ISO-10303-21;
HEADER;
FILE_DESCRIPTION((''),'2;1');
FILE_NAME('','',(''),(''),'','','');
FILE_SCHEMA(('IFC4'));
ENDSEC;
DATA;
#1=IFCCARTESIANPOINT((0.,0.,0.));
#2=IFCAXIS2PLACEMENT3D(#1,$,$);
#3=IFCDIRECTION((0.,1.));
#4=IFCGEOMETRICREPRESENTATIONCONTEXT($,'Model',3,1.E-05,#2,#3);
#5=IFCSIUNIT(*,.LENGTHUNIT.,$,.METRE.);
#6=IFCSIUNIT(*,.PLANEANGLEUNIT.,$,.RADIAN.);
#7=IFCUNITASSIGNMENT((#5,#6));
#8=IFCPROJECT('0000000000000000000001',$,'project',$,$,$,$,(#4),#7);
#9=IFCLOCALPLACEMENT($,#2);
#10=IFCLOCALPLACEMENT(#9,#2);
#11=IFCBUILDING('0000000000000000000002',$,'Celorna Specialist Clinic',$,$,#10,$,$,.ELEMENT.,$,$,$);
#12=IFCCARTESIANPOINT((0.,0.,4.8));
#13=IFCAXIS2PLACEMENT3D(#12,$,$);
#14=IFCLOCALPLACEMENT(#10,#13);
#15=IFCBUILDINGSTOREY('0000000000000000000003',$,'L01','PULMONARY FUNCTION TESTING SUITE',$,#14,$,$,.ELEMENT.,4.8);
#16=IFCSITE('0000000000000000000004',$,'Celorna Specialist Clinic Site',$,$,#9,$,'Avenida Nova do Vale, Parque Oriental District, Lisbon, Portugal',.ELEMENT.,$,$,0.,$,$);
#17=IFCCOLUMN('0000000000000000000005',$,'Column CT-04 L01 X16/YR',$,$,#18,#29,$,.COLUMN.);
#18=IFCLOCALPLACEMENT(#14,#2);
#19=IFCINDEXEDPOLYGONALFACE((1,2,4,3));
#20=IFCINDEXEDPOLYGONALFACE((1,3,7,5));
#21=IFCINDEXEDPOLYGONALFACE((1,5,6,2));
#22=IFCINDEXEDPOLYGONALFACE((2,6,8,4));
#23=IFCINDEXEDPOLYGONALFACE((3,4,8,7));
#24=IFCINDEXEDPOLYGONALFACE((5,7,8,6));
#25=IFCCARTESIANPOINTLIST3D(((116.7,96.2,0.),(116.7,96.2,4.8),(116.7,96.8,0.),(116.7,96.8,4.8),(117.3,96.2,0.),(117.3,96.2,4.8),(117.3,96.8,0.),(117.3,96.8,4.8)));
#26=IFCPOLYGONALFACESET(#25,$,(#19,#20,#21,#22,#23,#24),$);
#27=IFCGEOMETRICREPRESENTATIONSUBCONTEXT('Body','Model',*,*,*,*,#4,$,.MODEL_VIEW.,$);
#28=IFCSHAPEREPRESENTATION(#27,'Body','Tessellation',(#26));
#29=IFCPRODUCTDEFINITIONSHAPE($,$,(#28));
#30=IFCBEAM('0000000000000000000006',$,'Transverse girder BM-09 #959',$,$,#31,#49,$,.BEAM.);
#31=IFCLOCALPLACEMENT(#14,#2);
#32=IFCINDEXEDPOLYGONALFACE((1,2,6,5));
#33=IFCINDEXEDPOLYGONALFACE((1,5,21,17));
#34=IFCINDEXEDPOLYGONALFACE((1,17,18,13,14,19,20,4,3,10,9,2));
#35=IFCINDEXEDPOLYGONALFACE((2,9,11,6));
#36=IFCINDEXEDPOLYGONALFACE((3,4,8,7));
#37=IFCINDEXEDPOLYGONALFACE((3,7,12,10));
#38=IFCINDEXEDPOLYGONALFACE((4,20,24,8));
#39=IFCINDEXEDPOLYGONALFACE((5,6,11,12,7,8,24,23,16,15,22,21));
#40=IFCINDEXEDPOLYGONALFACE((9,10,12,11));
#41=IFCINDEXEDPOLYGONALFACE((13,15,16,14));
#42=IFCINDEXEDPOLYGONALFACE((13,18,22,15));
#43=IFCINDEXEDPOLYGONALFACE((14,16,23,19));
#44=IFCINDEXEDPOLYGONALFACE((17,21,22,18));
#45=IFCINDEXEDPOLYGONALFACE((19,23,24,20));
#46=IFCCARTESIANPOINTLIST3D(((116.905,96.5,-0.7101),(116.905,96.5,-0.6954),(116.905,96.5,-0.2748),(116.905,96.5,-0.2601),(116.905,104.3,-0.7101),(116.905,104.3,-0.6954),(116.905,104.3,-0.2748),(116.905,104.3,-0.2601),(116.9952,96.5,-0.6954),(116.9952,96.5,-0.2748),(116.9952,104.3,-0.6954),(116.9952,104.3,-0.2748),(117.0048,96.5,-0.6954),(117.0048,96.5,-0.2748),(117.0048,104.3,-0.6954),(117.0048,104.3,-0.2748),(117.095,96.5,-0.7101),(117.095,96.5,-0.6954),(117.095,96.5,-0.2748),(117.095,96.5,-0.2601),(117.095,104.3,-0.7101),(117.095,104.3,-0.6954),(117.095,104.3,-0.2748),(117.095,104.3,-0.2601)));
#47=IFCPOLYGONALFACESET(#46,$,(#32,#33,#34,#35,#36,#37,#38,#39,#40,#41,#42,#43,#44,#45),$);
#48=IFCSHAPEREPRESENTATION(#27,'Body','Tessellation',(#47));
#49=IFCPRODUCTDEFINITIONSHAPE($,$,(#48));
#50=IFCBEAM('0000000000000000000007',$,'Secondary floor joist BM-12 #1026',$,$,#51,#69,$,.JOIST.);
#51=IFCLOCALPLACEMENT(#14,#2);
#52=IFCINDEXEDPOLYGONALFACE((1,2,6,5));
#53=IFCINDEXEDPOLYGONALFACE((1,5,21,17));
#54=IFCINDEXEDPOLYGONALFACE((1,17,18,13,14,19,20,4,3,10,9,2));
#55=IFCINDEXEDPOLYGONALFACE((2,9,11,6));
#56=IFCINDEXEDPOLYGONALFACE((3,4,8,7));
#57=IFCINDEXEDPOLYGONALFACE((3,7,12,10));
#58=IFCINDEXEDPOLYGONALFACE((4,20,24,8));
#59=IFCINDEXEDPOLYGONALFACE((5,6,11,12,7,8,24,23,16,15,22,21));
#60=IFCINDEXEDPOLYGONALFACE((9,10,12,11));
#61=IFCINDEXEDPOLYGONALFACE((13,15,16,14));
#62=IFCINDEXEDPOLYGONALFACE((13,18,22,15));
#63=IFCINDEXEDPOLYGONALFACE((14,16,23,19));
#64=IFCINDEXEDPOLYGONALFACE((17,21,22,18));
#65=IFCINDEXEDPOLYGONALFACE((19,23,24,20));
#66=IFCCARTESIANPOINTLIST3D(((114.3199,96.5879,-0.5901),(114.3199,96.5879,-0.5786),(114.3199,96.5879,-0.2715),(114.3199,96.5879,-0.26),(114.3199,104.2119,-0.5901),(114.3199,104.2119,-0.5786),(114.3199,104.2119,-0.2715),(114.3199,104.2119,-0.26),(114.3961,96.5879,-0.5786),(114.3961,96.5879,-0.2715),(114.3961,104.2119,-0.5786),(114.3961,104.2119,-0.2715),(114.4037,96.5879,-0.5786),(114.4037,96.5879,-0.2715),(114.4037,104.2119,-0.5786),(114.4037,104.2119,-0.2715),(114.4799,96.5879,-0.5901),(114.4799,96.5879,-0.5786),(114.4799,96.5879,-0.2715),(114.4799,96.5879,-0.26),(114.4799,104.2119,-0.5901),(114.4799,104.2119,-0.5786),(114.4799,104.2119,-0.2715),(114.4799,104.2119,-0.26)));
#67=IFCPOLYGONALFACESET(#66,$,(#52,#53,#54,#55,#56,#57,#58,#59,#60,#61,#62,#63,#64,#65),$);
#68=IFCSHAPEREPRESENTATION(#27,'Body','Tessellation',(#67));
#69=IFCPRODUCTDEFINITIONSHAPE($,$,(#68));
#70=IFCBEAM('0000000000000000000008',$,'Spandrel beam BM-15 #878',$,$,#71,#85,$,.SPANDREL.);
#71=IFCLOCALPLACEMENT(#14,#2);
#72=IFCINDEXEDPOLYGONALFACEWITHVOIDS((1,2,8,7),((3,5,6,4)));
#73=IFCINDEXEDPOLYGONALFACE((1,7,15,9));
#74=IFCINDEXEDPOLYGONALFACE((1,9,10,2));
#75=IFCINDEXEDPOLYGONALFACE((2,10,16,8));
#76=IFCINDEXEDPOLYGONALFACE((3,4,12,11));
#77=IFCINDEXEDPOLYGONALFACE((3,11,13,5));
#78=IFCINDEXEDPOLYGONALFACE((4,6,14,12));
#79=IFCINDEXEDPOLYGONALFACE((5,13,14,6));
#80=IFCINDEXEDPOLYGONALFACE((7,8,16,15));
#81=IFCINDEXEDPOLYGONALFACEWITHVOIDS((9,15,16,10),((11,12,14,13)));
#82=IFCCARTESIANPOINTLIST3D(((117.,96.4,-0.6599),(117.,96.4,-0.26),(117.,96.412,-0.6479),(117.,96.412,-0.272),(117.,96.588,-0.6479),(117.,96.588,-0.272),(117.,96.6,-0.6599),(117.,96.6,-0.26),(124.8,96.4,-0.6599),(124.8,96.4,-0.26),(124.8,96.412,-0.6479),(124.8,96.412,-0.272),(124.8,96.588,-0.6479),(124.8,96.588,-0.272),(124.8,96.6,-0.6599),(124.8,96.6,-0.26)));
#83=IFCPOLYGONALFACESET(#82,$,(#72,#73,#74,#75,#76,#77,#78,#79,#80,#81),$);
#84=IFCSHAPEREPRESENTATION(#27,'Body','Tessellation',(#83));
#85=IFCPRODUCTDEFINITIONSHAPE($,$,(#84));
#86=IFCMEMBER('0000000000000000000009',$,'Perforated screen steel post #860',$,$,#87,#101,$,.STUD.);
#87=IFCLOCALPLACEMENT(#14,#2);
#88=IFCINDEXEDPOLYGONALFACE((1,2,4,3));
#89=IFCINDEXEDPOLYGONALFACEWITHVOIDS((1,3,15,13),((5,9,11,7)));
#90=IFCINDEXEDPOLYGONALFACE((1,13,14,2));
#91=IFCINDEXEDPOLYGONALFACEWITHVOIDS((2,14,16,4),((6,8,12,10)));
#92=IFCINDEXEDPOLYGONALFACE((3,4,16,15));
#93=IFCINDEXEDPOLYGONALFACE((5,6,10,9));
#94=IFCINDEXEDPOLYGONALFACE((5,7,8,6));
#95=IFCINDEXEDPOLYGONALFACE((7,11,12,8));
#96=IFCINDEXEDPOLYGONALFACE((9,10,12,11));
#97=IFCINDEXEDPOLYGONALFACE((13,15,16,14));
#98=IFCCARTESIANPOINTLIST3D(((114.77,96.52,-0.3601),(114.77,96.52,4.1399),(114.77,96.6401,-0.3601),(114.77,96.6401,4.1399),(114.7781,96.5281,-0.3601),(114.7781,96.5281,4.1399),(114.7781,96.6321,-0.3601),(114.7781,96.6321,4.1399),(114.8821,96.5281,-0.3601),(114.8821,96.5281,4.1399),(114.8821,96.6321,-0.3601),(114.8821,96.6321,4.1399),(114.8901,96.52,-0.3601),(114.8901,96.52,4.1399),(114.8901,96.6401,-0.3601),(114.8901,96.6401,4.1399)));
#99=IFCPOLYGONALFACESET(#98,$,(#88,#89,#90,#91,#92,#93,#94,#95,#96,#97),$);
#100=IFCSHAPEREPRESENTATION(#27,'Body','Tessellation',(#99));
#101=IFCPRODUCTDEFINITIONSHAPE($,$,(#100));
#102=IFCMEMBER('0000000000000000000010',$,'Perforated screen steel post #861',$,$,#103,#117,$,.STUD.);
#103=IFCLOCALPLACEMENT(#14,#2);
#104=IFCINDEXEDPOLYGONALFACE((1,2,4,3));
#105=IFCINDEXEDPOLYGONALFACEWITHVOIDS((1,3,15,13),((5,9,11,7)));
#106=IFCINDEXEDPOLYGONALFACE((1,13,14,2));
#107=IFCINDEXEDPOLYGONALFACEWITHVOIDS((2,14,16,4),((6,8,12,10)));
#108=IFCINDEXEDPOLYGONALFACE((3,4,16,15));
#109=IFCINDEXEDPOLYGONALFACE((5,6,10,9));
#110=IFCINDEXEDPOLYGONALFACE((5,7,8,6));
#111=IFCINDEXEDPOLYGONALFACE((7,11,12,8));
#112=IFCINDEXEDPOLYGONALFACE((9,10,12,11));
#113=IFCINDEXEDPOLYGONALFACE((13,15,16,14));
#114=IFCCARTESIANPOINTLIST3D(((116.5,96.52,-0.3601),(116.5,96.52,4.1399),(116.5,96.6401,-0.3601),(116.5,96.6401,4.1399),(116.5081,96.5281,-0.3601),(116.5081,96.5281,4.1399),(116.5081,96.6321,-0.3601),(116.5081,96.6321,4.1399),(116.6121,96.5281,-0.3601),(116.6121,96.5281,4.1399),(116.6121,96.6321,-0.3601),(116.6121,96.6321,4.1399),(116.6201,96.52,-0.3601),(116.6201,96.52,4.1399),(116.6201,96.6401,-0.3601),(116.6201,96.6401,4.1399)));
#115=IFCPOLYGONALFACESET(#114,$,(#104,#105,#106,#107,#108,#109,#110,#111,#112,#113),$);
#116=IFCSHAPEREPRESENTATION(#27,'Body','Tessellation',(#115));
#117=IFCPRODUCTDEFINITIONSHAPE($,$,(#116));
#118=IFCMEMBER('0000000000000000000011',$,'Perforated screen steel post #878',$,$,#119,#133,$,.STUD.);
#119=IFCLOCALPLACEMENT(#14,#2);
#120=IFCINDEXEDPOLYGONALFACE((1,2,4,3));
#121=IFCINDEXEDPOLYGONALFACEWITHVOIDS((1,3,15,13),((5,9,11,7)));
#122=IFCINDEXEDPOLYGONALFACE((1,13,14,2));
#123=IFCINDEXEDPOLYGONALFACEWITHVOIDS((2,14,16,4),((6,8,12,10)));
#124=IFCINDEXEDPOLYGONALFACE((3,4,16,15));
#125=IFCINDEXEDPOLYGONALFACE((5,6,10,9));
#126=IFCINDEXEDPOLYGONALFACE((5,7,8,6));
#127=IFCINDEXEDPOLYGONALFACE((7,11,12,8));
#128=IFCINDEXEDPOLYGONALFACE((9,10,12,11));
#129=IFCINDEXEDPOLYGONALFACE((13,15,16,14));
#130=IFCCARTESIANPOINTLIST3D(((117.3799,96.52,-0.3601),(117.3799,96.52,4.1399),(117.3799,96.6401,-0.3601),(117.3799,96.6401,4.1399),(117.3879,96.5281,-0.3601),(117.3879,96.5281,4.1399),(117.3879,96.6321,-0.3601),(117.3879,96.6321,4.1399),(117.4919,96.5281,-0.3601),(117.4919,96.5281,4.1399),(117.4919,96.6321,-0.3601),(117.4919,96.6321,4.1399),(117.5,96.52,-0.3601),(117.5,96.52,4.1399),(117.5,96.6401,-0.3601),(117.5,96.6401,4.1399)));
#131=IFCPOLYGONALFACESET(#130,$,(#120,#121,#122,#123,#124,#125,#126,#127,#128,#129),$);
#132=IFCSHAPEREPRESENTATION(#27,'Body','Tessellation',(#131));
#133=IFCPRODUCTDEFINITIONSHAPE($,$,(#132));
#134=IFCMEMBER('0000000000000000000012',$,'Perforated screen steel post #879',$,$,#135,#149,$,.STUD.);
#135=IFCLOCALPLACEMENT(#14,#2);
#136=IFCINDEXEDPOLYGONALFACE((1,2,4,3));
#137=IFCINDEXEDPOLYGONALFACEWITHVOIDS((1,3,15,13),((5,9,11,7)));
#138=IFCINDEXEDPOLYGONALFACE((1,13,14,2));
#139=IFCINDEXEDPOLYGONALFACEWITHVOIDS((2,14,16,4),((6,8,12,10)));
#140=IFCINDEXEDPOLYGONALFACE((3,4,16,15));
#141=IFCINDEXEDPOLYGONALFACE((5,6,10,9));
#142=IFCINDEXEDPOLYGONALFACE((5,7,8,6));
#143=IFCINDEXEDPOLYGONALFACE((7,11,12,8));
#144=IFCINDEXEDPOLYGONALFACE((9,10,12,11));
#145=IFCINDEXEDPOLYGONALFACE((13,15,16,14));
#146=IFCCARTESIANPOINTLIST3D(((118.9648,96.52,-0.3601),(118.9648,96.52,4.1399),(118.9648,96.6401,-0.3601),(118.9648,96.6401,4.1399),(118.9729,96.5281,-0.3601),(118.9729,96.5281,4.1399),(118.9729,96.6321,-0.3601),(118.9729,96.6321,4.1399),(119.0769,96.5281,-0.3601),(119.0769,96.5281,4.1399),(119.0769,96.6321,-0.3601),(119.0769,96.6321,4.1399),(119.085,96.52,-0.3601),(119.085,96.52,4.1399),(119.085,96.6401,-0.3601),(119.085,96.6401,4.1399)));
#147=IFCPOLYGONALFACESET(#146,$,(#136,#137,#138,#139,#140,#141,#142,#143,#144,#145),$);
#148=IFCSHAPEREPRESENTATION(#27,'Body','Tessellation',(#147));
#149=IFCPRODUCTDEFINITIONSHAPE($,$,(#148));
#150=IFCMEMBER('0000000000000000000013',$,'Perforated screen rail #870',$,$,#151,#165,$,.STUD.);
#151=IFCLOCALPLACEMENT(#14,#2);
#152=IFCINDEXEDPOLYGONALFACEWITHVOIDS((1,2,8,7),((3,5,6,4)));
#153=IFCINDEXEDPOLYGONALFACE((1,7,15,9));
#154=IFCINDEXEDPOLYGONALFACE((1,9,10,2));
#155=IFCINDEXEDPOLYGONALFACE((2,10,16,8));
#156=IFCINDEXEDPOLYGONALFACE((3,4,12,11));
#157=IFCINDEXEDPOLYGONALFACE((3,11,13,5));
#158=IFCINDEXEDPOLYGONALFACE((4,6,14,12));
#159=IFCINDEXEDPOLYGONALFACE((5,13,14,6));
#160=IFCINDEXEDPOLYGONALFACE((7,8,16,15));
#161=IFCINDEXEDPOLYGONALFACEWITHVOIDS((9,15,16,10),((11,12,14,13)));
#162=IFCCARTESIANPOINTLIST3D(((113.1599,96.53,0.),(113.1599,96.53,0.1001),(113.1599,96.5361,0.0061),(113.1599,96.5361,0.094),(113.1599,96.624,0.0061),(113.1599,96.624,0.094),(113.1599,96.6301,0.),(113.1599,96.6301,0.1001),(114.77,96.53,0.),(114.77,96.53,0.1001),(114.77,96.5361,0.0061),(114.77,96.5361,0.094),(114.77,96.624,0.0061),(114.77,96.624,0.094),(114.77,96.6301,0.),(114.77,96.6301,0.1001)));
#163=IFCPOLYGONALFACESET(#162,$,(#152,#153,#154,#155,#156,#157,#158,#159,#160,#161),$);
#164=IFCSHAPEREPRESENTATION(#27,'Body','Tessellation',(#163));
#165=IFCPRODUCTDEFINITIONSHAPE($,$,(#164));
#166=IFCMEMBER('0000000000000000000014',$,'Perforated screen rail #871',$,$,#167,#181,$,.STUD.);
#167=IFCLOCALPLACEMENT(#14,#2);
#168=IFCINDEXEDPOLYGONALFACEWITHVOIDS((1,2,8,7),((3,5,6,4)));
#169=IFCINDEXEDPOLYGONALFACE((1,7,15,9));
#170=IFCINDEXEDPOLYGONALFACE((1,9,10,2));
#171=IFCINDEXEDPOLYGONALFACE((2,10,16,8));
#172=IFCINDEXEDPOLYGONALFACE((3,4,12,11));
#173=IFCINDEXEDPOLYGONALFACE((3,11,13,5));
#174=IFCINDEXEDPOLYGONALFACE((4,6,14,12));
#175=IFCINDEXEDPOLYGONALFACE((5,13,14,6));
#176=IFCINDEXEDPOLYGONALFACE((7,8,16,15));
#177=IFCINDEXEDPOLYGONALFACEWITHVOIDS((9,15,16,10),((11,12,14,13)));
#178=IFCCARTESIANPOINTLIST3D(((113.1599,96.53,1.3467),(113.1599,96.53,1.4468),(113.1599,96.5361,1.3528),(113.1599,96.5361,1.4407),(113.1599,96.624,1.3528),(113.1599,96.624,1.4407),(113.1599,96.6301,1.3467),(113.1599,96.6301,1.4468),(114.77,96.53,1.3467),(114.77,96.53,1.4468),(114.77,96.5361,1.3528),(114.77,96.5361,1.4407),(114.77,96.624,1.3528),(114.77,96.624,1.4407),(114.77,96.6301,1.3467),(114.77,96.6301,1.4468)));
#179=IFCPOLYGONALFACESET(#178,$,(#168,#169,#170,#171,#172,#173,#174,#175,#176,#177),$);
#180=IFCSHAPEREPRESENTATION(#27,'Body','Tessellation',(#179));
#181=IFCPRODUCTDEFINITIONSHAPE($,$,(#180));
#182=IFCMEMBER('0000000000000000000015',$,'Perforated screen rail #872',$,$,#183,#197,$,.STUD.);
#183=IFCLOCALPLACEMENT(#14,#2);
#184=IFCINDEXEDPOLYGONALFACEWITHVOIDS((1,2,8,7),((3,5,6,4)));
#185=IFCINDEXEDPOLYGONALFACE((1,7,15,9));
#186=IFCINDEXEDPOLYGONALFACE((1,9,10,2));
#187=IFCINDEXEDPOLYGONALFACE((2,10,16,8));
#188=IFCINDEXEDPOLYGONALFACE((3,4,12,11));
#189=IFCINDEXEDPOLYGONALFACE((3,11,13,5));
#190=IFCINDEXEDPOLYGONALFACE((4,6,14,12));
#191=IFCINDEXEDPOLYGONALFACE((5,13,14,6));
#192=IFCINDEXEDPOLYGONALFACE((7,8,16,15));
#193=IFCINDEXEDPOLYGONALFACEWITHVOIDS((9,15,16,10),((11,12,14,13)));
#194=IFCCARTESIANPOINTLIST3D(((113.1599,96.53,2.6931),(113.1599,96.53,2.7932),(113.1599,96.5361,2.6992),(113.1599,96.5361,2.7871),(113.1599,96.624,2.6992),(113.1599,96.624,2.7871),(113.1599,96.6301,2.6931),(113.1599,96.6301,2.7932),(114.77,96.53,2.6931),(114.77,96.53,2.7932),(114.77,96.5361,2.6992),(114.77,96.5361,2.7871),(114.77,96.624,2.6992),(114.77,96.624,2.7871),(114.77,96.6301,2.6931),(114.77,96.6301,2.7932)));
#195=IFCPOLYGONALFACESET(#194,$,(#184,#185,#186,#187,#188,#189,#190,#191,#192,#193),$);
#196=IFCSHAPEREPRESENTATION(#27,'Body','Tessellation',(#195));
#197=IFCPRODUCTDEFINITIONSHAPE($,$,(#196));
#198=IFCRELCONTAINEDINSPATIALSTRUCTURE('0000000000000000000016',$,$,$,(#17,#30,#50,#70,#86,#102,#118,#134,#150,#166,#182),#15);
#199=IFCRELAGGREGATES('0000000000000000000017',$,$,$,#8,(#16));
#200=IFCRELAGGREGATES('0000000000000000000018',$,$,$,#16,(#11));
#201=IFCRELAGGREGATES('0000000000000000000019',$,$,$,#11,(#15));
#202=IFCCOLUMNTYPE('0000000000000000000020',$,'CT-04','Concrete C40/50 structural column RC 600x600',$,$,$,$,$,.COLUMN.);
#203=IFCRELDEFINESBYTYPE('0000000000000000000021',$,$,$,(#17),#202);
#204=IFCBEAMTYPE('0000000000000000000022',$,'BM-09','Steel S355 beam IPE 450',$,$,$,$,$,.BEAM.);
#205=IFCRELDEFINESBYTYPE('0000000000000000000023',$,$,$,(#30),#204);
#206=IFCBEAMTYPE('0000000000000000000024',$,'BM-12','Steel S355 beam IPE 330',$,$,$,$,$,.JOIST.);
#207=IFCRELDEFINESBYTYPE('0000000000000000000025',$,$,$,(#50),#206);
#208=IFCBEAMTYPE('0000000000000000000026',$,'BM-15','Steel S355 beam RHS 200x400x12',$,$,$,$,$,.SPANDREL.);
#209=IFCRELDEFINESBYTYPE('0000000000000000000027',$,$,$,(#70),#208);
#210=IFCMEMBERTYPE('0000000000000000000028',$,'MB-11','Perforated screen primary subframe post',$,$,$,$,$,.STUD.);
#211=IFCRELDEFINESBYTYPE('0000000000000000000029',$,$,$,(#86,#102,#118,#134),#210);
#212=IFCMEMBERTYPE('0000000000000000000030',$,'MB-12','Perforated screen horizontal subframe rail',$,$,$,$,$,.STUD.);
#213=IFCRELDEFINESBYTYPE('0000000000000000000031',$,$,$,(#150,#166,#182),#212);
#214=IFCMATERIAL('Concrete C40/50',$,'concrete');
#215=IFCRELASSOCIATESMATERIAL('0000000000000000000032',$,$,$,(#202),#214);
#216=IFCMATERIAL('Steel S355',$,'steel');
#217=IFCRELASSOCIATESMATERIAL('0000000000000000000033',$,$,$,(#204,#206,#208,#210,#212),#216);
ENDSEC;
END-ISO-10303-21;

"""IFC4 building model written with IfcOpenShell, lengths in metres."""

from ifc_helpers import new_model, si_unit, direction, frame, origin, origin_2d, place, context, subcontext, project, spatial, rectangle, hollow_rectangle, i_section, extrude, material, material_profile, profile_set, type_object, element, save


model = new_model("IFC4")

# Units and contexts
model_context = context("Model", 3, precision=1e-05, world=origin(), true_north=direction((0.0, 1.0)))
body_context = subcontext(model_context, "Body", "Model", "MODEL_VIEW")
ifc_project = project(units=[si_unit("LENGTHUNIT", "METRE"), si_unit("PLANEANGLEUNIT", "RADIAN")], contexts=[model_context])

# Site, building, storey
site_placement = place(None, origin())
site = spatial("IfcSite", under=ifc_project, at=site_placement, Name="Celorna Specialist Clinic Site", LongName="Avenida Nova do Vale, Parque Oriental District, Lisbon, Portugal", CompositionType="ELEMENT", RefElevation=0.0)
building_placement = place(site_placement, origin())
building = spatial("IfcBuilding", under=site, at=building_placement, Name="Celorna Specialist Clinic", CompositionType="ELEMENT")
storey_placement = place(building_placement, frame((0.0, 0.0, 4.8)))
storey = spatial("IfcBuildingStorey", under=building, at=storey_placement, Name="L01", Description="PULMONARY FUNCTION TESTING SUITE", CompositionType="ELEMENT", Elevation=4.8)

# Column
ifc_material_1 = material(Name="Concrete C40/50", Category="concrete")
ifc_material_profile_1 = material_profile(ifc_material_1, rectangle(XDim=0.6001, YDim=0.6001, at=origin_2d()), Name="RC 600x600")
ifc_profile_set_1 = profile_set([ifc_material_profile_1], Name="Concrete C40/50")
column_type = type_object("IfcColumnType", Name="CT-04", Description="Concrete C40/50 structural column RC 600x600", PredefinedType="COLUMN", material=ifc_profile_set_1)
column_placement = place(storey_placement, frame((117.0, 96.5, 0.0), z_axis=(0.0, 0.0, 1.0), x_axis=(1.0, 0.0, 0.0)))
element("IfcColumn", 1, at=column_placement, inside=storey, type_object=column_type, Name="Column CT-04 L01 X16/YR", PredefinedType="COLUMN", context=body_context, shape_type="SweptSolid", body=[
    extrude(rectangle(XDim=0.6001, YDim=0.6001, at=origin_2d()), origin(), (0.0, 0.0, 1.0), 4.8),
])

# Beams
ifc_material_2 = material(Name="Steel S355", Category="steel")
ifc_material_profile_2 = material_profile(ifc_material_2, i_section(OverallWidth=0.1899, OverallDepth=0.45, WebThickness=0.0095, FlangeThickness=0.0146, at=origin_2d()), Name="IPE 450")
ifc_profile_set_2 = profile_set([ifc_material_profile_2], Name="Steel S355")
beam_type_1 = type_object("IfcBeamType", Name="BM-09", Description="Steel S355 beam IPE 450", PredefinedType="BEAM", material=ifc_profile_set_2)
beam_1_placement = place(storey_placement, frame((117.0, 96.5, -0.4851), z_axis=(0.0, 1.0, 0.0), x_axis=(-1.0, 0.0, 0.0)))
element("IfcBeam", 2, at=beam_1_placement, inside=storey, type_object=beam_type_1, Name="Transverse girder BM-09 #959", PredefinedType="BEAM", context=body_context, shape_type="SweptSolid", body=[
    extrude(i_section(OverallWidth=0.1899, OverallDepth=0.45, WebThickness=0.0095, FlangeThickness=0.0146, at=origin_2d()), origin(), (0.0, 0.0, 1.0), 7.8),
])
ifc_material_profile_3 = material_profile(ifc_material_2, i_section(OverallWidth=0.1599, OverallDepth=0.3301, WebThickness=0.0076, FlangeThickness=0.0115, at=origin_2d()), Name="IPE 330")
ifc_profile_set_3 = profile_set([ifc_material_profile_3], Name="Steel S355")
beam_type_2 = type_object("IfcBeamType", Name="BM-12", Description="Steel S355 beam IPE 330", PredefinedType="JOIST", material=ifc_profile_set_3)
beam_2_placement = place(storey_placement, frame((114.3999, 96.5879, -0.425), z_axis=(0.0, 1.0, 0.0), x_axis=(-1.0, 0.0, 0.0)))
element("IfcBeam", 3, at=beam_2_placement, inside=storey, type_object=beam_type_2, Name="Secondary floor joist BM-12 #1026", PredefinedType="JOIST", context=body_context, shape_type="SweptSolid", body=[
    extrude(i_section(OverallWidth=0.1599, OverallDepth=0.3301, WebThickness=0.0076, FlangeThickness=0.0115, at=origin_2d()), origin(), (0.0, 0.0, 1.0), 7.624),
])
ifc_material_profile_4 = material_profile(ifc_material_2, hollow_rectangle(XDim=0.2, YDim=0.3999, WallThickness=0.012, at=origin_2d()), Name="RHS 200x400x12")
ifc_profile_set_4 = profile_set([ifc_material_profile_4], Name="Steel S355")
beam_type_3 = type_object("IfcBeamType", Name="BM-15", Description="Steel S355 beam RHS 200x400x12", PredefinedType="SPANDREL", material=ifc_profile_set_4)
beam_3_placement = place(storey_placement, frame((117.0, 96.5, -0.46), z_axis=(1.0, 0.0, 0.0), x_axis=(0.0, 1.0, 0.0)))
element("IfcBeam", 4, at=beam_3_placement, inside=storey, type_object=beam_type_3, Name="Spandrel beam BM-15 #878", PredefinedType="SPANDREL", context=body_context, shape_type="SweptSolid", body=[
    extrude(hollow_rectangle(XDim=0.2, YDim=0.3999, WallThickness=0.012, at=origin_2d()), origin(), (0.0, 0.0, 1.0), 7.8),
])

# Members
ifc_material_profile_5 = material_profile(ifc_material_2, hollow_rectangle(XDim=0.1201, YDim=0.1201, WallThickness=0.0081, at=origin_2d()), Name="SHS 120x120x8")
ifc_profile_set_5 = profile_set([ifc_material_profile_5], Name="Steel S355")
member_type_1 = type_object("IfcMemberType", Name="MB-11", Description="Perforated screen primary subframe post", PredefinedType="STUD", material=ifc_profile_set_5)
for number, where, z_axis, x_axis, name in (
    (5, (114.8301, 96.5801, -0.3601), (0.0, 0.0, 1.0), (1.0, 0.0, 0.0), "Perforated screen steel post #860"),
    (6, (116.5601, 96.5801, -0.3601), (0.0, 0.0, 1.0), (1.0, 0.0, 0.0), "Perforated screen steel post #861"),
    (7, (117.4399, 96.5801, -0.3601), (0.0, 0.0, 1.0), (1.0, 0.0, 0.0), "Perforated screen steel post #878"),
    (8, (119.0249, 96.5801, -0.3601), (0.0, 0.0, 1.0), (1.0, 0.0, 0.0), "Perforated screen steel post #879"),
):
    element("IfcMember", number, at=place(storey_placement, frame(where, z_axis=z_axis, x_axis=x_axis)), inside=storey, type_object=member_type_1, Name=name, PredefinedType="STUD", context=body_context, shape_type="SweptSolid", body=[
        extrude(hollow_rectangle(XDim=0.1201, YDim=0.1201, WallThickness=0.0081, at=origin_2d()), origin(), (0.0, 0.0, 1.0), 4.5),
    ])
ifc_material_profile_6 = material_profile(ifc_material_2, hollow_rectangle(XDim=0.1001, YDim=0.1001, WallThickness=0.0061, at=origin_2d()), Name="SHS 100x100x6")
ifc_profile_set_6 = profile_set([ifc_material_profile_6], Name="Steel S355")
member_type_2 = type_object("IfcMemberType", Name="MB-12", Description="Perforated screen horizontal subframe rail", PredefinedType="STUD", material=ifc_profile_set_6)
for number, where, z_axis, x_axis, name in (
    (9, (113.1599, 96.5801, 0.05), (1.0, 0.0, 0.0), (0.0, 1.0, 0.0), "Perforated screen rail #870"),
    (10, (113.1599, 96.5801, 1.3967), (1.0, 0.0, 0.0), (0.0, 1.0, 0.0), "Perforated screen rail #871"),
    (11, (113.1599, 96.5801, 2.7432), (1.0, 0.0, 0.0), (0.0, 1.0, 0.0), "Perforated screen rail #872"),
):
    element("IfcMember", number, at=place(storey_placement, frame(where, z_axis=z_axis, x_axis=x_axis)), inside=storey, type_object=member_type_2, Name=name, PredefinedType="STUD", context=body_context, shape_type="SweptSolid", body=[
        extrude(hollow_rectangle(XDim=0.1001, YDim=0.1001, WallThickness=0.0061, at=origin_2d()), origin(), (0.0, 0.0, 1.0), 1.6101),
    ])

save(model, "model.ifc")
